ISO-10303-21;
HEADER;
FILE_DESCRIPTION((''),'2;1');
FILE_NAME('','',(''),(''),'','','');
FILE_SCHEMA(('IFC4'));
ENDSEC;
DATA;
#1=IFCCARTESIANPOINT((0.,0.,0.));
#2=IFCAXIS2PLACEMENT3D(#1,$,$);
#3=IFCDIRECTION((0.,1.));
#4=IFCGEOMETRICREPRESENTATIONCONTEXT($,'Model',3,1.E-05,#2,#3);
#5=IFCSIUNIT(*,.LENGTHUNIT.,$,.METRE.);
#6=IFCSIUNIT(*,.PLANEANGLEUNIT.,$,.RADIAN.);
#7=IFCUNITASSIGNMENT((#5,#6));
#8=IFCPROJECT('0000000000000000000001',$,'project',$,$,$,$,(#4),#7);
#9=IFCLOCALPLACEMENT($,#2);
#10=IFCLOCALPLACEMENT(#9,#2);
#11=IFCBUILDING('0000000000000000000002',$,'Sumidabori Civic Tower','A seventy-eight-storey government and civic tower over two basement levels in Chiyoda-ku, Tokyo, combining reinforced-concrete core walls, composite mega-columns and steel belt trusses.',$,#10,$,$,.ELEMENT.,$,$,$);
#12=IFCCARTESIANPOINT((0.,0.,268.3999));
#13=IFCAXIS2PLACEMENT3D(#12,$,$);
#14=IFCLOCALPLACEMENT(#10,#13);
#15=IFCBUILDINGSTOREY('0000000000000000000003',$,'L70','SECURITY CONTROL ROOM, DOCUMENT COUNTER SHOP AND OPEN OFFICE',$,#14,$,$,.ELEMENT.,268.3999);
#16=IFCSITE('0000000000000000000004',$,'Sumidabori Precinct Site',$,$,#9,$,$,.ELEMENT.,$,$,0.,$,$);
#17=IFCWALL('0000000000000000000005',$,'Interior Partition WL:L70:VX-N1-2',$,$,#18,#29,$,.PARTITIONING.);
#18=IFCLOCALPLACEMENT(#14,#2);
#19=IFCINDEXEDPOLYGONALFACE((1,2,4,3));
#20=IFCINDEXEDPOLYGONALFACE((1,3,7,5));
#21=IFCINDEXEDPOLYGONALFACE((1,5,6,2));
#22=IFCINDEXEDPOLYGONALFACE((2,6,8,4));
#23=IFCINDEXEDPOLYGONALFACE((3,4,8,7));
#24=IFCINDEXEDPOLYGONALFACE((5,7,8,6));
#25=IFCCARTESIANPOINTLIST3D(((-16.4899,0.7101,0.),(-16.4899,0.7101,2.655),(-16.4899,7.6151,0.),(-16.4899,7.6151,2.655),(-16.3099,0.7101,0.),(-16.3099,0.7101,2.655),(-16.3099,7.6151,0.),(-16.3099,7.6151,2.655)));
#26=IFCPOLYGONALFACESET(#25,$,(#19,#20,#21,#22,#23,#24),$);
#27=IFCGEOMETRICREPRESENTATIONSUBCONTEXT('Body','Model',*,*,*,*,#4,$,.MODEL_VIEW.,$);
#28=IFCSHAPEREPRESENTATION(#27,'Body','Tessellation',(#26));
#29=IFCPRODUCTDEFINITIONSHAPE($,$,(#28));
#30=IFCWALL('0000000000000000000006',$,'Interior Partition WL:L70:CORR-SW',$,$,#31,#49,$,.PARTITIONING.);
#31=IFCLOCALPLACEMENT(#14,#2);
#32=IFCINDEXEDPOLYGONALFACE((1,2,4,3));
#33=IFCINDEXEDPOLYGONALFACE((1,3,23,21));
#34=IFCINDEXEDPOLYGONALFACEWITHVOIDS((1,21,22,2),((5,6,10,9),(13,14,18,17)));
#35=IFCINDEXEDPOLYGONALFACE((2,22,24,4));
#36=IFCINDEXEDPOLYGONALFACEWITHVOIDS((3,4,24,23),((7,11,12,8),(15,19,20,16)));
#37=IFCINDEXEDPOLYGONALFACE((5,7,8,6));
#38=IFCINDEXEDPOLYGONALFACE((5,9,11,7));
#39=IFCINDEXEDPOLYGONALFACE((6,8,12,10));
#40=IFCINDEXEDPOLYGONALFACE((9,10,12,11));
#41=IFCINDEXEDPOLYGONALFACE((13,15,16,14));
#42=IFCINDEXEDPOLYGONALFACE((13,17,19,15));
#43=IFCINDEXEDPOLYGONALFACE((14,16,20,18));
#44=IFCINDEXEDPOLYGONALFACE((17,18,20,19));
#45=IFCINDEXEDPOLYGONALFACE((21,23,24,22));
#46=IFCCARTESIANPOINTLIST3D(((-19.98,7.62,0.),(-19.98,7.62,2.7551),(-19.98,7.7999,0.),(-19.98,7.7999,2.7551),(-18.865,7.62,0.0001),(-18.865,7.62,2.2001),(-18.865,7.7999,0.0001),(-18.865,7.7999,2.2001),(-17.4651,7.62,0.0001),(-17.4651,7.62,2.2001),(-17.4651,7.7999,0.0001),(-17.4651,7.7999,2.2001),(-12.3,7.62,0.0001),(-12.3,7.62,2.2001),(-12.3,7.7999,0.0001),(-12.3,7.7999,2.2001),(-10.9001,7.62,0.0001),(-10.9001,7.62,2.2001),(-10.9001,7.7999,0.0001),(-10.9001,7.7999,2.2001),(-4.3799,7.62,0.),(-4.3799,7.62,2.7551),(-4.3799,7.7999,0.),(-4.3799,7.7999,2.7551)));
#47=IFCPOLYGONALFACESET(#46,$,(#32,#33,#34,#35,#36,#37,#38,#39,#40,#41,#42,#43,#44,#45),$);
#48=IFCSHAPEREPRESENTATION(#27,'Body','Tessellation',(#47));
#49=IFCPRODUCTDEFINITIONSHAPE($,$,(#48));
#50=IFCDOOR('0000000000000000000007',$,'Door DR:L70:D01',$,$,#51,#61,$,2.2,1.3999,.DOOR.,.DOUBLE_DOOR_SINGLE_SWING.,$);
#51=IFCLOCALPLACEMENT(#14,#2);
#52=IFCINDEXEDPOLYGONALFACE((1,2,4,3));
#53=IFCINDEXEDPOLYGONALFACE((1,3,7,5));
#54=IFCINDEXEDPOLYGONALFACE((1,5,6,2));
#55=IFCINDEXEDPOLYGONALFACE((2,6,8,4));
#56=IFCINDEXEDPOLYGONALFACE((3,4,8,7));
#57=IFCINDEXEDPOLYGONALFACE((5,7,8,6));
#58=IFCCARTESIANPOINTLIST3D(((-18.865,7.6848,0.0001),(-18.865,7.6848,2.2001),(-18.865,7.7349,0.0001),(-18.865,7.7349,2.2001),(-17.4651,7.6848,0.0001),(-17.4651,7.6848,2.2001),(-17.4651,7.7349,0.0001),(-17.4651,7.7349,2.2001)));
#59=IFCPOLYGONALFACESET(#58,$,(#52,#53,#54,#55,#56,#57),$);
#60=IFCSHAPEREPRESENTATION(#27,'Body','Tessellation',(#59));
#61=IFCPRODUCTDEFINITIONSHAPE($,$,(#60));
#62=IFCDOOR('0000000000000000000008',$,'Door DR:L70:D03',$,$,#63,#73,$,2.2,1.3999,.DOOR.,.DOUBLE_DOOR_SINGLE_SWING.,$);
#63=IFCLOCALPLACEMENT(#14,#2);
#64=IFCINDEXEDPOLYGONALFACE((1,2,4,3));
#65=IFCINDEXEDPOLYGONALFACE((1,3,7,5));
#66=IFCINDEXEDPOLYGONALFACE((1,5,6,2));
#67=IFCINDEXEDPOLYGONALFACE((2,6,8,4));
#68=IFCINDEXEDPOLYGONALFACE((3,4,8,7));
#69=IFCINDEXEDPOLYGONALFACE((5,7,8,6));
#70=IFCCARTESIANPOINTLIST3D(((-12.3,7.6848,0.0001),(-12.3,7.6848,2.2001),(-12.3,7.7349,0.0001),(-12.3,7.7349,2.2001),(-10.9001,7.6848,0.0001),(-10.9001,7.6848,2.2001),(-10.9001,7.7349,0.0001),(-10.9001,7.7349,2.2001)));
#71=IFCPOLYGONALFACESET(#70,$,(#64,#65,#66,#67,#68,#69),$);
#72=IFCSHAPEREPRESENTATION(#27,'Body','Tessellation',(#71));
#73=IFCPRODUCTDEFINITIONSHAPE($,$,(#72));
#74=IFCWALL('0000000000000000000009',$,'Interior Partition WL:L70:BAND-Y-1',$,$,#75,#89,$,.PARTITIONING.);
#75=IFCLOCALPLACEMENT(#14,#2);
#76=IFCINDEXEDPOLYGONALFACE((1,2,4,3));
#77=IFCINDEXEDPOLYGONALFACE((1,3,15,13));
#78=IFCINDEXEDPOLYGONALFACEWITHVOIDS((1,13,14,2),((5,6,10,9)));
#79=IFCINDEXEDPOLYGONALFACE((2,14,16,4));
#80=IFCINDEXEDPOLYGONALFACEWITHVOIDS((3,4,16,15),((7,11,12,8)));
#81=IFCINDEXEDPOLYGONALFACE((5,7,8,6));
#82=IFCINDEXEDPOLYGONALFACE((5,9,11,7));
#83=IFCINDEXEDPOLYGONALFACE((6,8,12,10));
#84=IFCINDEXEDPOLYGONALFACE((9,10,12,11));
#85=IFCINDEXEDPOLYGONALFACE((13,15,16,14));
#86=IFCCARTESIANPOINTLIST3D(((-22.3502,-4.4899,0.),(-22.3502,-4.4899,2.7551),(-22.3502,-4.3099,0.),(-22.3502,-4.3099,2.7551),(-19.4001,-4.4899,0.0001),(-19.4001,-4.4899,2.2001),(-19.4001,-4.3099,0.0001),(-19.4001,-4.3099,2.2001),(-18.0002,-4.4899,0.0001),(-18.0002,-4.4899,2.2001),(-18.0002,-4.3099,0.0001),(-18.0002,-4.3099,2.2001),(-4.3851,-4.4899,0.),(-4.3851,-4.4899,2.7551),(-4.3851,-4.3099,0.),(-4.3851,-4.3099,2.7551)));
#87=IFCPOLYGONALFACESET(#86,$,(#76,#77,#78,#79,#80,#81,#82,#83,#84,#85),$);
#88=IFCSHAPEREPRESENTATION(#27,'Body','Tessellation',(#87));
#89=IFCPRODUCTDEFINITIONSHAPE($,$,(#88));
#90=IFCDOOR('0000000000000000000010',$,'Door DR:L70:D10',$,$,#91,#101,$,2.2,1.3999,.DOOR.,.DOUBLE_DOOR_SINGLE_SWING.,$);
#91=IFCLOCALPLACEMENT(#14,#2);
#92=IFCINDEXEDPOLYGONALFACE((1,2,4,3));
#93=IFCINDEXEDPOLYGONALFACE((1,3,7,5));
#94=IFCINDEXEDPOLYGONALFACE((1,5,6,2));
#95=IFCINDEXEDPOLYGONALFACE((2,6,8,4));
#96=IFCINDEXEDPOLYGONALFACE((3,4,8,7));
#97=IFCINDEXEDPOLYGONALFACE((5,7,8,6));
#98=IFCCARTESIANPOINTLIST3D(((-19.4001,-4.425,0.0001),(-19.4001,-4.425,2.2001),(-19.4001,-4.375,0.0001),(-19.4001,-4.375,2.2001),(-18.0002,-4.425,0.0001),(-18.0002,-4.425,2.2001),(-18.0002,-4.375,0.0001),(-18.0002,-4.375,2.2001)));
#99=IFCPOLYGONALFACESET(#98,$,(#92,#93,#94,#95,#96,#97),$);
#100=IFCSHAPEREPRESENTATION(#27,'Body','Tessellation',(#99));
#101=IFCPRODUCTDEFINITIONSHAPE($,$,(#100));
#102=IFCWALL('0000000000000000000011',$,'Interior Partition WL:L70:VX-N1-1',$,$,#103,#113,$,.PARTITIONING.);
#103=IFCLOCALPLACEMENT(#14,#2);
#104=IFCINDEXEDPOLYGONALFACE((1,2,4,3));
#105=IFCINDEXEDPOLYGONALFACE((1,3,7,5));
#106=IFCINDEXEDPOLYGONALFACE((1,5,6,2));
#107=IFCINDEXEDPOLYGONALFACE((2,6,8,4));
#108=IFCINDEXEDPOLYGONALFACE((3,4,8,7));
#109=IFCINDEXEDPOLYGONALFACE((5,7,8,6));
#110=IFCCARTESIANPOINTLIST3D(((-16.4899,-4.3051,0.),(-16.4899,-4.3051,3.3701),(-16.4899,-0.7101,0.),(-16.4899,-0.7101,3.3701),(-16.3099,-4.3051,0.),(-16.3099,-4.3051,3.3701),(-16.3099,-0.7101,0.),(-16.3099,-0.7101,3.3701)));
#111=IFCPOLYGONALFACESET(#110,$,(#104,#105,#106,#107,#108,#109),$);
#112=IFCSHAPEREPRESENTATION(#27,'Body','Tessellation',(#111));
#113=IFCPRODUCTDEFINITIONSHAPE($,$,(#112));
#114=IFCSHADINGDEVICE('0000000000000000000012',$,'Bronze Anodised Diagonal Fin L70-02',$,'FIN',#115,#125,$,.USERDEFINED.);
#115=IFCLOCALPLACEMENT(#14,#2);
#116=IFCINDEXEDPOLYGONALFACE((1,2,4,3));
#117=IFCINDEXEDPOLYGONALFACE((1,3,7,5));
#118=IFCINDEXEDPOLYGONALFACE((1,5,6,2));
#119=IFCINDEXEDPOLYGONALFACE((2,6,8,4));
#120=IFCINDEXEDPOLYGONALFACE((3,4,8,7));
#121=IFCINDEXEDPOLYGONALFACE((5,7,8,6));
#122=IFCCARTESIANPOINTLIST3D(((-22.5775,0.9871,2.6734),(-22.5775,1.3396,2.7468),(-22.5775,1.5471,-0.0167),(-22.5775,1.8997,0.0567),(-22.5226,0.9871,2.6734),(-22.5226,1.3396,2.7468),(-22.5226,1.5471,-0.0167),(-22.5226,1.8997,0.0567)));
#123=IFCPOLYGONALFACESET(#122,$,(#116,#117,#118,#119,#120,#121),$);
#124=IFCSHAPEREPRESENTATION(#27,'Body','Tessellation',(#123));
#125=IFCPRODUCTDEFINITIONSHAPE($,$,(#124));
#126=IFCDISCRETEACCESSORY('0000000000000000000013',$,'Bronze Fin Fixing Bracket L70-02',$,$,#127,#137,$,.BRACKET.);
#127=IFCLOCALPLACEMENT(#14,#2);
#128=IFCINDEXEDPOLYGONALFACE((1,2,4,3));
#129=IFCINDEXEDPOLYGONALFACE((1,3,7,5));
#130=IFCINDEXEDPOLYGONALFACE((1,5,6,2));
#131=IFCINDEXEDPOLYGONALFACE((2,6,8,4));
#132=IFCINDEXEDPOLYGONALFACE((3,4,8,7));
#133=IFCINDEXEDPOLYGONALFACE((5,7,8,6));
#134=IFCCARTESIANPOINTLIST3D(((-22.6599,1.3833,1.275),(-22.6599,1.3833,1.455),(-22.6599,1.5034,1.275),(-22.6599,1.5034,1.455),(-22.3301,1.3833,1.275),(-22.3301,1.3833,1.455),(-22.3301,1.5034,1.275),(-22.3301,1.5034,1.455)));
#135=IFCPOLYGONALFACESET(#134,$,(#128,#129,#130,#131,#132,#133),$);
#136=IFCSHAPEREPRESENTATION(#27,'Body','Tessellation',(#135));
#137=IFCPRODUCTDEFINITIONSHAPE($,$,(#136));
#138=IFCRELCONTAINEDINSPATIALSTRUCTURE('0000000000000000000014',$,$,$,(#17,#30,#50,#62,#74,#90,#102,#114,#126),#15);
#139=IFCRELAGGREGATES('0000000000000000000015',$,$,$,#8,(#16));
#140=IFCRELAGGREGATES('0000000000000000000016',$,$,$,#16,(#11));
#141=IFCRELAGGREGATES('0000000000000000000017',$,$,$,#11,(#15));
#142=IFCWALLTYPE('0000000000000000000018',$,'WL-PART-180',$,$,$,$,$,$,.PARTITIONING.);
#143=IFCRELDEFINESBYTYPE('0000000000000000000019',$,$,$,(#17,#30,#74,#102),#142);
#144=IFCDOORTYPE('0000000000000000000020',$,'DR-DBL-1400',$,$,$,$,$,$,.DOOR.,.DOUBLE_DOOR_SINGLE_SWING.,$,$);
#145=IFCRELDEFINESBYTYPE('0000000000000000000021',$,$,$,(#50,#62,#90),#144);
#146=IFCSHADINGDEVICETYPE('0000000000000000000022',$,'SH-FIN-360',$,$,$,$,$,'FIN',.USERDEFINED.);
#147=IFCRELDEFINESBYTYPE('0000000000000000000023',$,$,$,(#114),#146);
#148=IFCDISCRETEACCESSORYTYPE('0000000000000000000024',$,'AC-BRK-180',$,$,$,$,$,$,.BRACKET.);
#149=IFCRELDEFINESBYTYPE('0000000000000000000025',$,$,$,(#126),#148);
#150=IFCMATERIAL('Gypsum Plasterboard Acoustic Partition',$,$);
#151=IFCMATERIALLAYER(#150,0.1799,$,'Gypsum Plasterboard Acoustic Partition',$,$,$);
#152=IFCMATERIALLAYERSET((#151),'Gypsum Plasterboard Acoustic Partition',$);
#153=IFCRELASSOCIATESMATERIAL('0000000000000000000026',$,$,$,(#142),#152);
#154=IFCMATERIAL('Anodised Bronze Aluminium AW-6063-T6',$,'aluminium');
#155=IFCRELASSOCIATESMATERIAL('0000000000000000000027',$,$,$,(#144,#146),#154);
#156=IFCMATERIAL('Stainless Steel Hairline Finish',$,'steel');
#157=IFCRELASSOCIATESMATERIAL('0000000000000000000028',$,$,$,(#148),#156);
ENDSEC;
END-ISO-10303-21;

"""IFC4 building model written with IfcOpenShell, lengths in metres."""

from ifc_helpers import new_model, si_unit, direction, frame, frame_2d, origin, origin_2d, place, context, subcontext, project, spatial, rectangle, extrude, source, transform, mapped, material, layer, layer_set, material_profile, profile_set, type_object, element, fill, save


model = new_model("IFC4")

# Units and contexts
model_context = context("Model", 3, precision=1e-05, world=origin(), true_north=direction((0.0, 1.0)))
body_context = subcontext(model_context, "Body", "Model", "MODEL_VIEW")
ifc_project = project(units=[si_unit("LENGTHUNIT", "METRE"), si_unit("PLANEANGLEUNIT", "RADIAN")], contexts=[model_context])

# Site, building, storey
site_placement = place(None, origin())
site = spatial("IfcSite", under=ifc_project, at=site_placement, Name="Sumidabori Precinct Site", CompositionType="ELEMENT", RefElevation=0.0)
building_placement = place(site_placement, origin())
building = spatial("IfcBuilding", under=site, at=building_placement, Name="Sumidabori Civic Tower", Description="A seventy-eight-storey government and civic tower over two basement levels in Chiyoda-ku, Tokyo, combining reinforced-concrete core walls, composite mega-columns and steel belt trusses.", CompositionType="ELEMENT")
storey_placement = place(building_placement, frame((0.0, 0.0, 268.3999)))
storey = spatial("IfcBuildingStorey", under=building, at=storey_placement, Name="L70", Description="SECURITY CONTROL ROOM, DOCUMENT COUNTER SHOP AND OPEN OFFICE", CompositionType="ELEMENT", Elevation=268.3999)

# Shared definitions
ifc_material_1 = material(Name="Anodised Bronze Aluminium AW-6063-T6", Category="aluminium")

# Wall
ifc_material_2 = material(Name="Gypsum Plasterboard Acoustic Partition")
ifc_layer_1 = layer(ifc_material_2, 0.1799, Name="Gypsum Plasterboard Acoustic Partition")
ifc_layer_set_1 = layer_set([ifc_layer_1], Name="Gypsum Plasterboard Acoustic Partition")
wall_type_1 = type_object("IfcWallType", Name="WL-PART-180", PredefinedType="PARTITIONING", material=ifc_layer_set_1)
shared_shape_1 = source(origin(), body_context, "Body", "SweptSolid", [
    extrude(rectangle(XDim=6.905, YDim=0.1799, at=frame_2d((3.4526, 0.0))), origin(), (0.0, 0.0, 1.0), 2.655),
])
wall_1_placement = place(storey_placement, frame((-16.3999, 0.71, 0.0), z_axis=(0.0, 0.0, 1.0), x_axis=(0.0, 1.0, 0.0)))
element("IfcWall", 1, at=wall_1_placement, inside=storey, type_object=wall_type_1, Name="Interior Partition WL:L70:VX-N1-2", PredefinedType="PARTITIONING", context=body_context, shape_type="MappedRepresentation", body=[
    mapped(shared_shape_1, transform((0.0, 0.0, 0.0), x_axis=(1.0, 0.0, 0.0), y_axis=(0.0, 1.0, 0.0), z_axis=(0.0, 0.0, 1.0), scale=1.0)),
])

# Wall, openings, doors
shared_shape_2 = source(origin(), body_context, "Body", "SweptSolid", [
    extrude(rectangle(XDim=15.6001, YDim=0.1799, at=frame_2d((7.8, 0.0))), origin(), (0.0, 0.0, 1.0), 2.7551),
])
wall_2_placement = place(storey_placement, frame((-19.98, 7.71, 0.0), z_axis=(0.0, 0.0, 1.0), x_axis=(1.0, 0.0, 0.0)))
wall_2 = element("IfcWall", 2, at=wall_2_placement, inside=storey, type_object=wall_type_1, Name="Interior Partition WL:L70:CORR-SW", PredefinedType="PARTITIONING", context=body_context, shape_type="MappedRepresentation", body=[
    mapped(shared_shape_2, transform((0.0, 0.0, 0.0), x_axis=(1.0, 0.0, 0.0), y_axis=(0.0, 1.0, 0.0), z_axis=(0.0, 0.0, 1.0), scale=1.0)),
])
opening_1_placement = place(wall_2_placement, frame((1.115, 0.0, 0.0)))
opening_1 = element("IfcOpeningElement", 3, at=opening_1_placement, cuts=wall_2, PredefinedType="OPENING", context=body_context, shape_type="SweptSolid", body=[
    extrude(rectangle(XDim=1.3999, YDim=2.2, at=frame_2d((0.7, 1.1001))), frame((0.0, 0.1021, 0.0), z_axis=(0.0, -1.0, 0.0), x_axis=(1.0, 0.0, 0.0)), (0.0, 0.0, 1.0), 0.2039),
])
opening_2_placement = place(wall_2_placement, frame((7.6799, 0.0, 0.0)))
opening_2 = element("IfcOpeningElement", 4, at=opening_2_placement, cuts=wall_2, PredefinedType="OPENING", context=body_context, shape_type="SweptSolid", body=[
    extrude(rectangle(XDim=1.3999, YDim=2.2, at=frame_2d((0.7, 1.1001))), frame((0.0, 0.1021, 0.0), z_axis=(0.0, -1.0, 0.0), x_axis=(1.0, 0.0, 0.0)), (0.0, 0.0, 1.0), 0.2039),
])
door_type = type_object("IfcDoorType", Name="DR-DBL-1400", OperationType="DOUBLE_DOOR_SINGLE_SWING", PredefinedType="DOOR", material=ifc_material_1)
shared_shape_3 = source(origin(), body_context, "Body", "SweptSolid", [
    extrude(rectangle(XDim=1.3999, YDim=2.2, at=frame_2d((0.7, 1.1001))), frame((0.0, 0.0249, 0.0), z_axis=(0.0, -1.0, 0.0), x_axis=(1.0, 0.0, 0.0)), (0.0, 0.0, 1.0), 0.05),
])
door_1_placement = place(opening_1_placement, origin())
door_1 = element("IfcDoor", 5, at=door_1_placement, inside=storey, type_object=door_type, Name="Door DR:L70:D01", OperationType="DOUBLE_DOOR_SINGLE_SWING", OverallHeight=2.2, OverallWidth=1.3999, PredefinedType="DOOR", context=body_context, shape_type="MappedRepresentation", body=[
    mapped(shared_shape_3, transform((0.0, 0.0, 0.0), x_axis=(1.0, 0.0, 0.0), y_axis=(0.0, 1.0, 0.0), z_axis=(0.0, 0.0, 1.0), scale=1.0)),
])
fill(opening_1, door_1)
door_2_placement = place(opening_2_placement, origin())
door_2 = element("IfcDoor", 6, at=door_2_placement, inside=storey, type_object=door_type, Name="Door DR:L70:D03", OperationType="DOUBLE_DOOR_SINGLE_SWING", OverallHeight=2.2, OverallWidth=1.3999, PredefinedType="DOOR", context=body_context, shape_type="MappedRepresentation", body=[
    mapped(shared_shape_3, transform((0.0, 0.0, 0.0), x_axis=(1.0, 0.0, 0.0), y_axis=(0.0, 1.0, 0.0), z_axis=(0.0, 0.0, 1.0), scale=1.0)),
])
fill(opening_2, door_2)

# Wall, opening, door
shared_shape_4 = source(origin(), body_context, "Body", "SweptSolid", [
    extrude(rectangle(XDim=17.9651, YDim=0.1799, at=frame_2d((8.9824, 0.0))), origin(), (0.0, 0.0, 1.0), 2.7551),
])
wall_3_placement = place(storey_placement, frame((-22.3501, -4.3999, 0.0), z_axis=(0.0, 0.0, 1.0), x_axis=(1.0, 0.0, 0.0)))
wall_3 = element("IfcWall", 7, at=wall_3_placement, inside=storey, type_object=wall_type_1, Name="Interior Partition WL:L70:BAND-Y-1", PredefinedType="PARTITIONING", context=body_context, shape_type="MappedRepresentation", body=[
    mapped(shared_shape_4, transform((0.0, 0.0, 0.0), x_axis=(1.0, 0.0, 0.0), y_axis=(0.0, 1.0, 0.0), z_axis=(0.0, 0.0, 1.0), scale=1.0)),
])
opening_3_placement = place(wall_3_placement, frame((2.95, 0.0, 0.0)))
opening_3 = element("IfcOpeningElement", 8, at=opening_3_placement, cuts=wall_3, PredefinedType="OPENING", context=body_context, shape_type="SweptSolid", body=[
    extrude(rectangle(XDim=1.3999, YDim=2.2, at=frame_2d((0.7, 1.1001))), frame((0.0, 0.1021, 0.0), z_axis=(0.0, -1.0, 0.0), x_axis=(1.0, 0.0, 0.0)), (0.0, 0.0, 1.0), 0.2039),
])
door_3_placement = place(opening_3_placement, origin())
door_3 = element("IfcDoor", 9, at=door_3_placement, inside=storey, type_object=door_type, Name="Door DR:L70:D10", OperationType="DOUBLE_DOOR_SINGLE_SWING", OverallHeight=2.2, OverallWidth=1.3999, PredefinedType="DOOR", context=body_context, shape_type="MappedRepresentation", body=[
    mapped(shared_shape_3, transform((0.0, 0.0, 0.0), x_axis=(1.0, 0.0, 0.0), y_axis=(0.0, 1.0, 0.0), z_axis=(0.0, 0.0, 1.0), scale=1.0)),
])
fill(opening_3, door_3)

# Wall
shared_shape_5 = source(origin(), body_context, "Body", "SweptSolid", [
    extrude(rectangle(XDim=3.595, YDim=0.1799, at=frame_2d((1.7974, 0.0))), origin(), (0.0, 0.0, 1.0), 3.3701),
])
wall_4_placement = place(storey_placement, frame((-16.3999, -4.3049, 0.0), z_axis=(0.0, 0.0, 1.0), x_axis=(0.0, 1.0, 0.0)))
element("IfcWall", 10, at=wall_4_placement, inside=storey, type_object=wall_type_1, Name="Interior Partition WL:L70:VX-N1-1", PredefinedType="PARTITIONING", context=body_context, shape_type="MappedRepresentation", body=[
    mapped(shared_shape_5, transform((0.0, 0.0, 0.0), x_axis=(1.0, 0.0, 0.0), y_axis=(0.0, 1.0, 0.0), z_axis=(0.0, 0.0, 1.0), scale=1.0)),
])

# Shading device
ifc_material_profile_1 = material_profile(ifc_material_1, rectangle(XDim=0.0549, YDim=0.3601, at=origin_2d()), Name="BRONZE FIN 360x55")
ifc_profile_set_1 = profile_set([ifc_material_profile_1], Name="Anodised Bronze Aluminium AW-6063-T6")
shading_device_type = type_object("IfcShadingDeviceType", Name="SH-FIN-360", ElementType="FIN", PredefinedType="USERDEFINED", material=ifc_profile_set_1)
shared_shape_6 = source(origin(), body_context, "Body", "SweptSolid", [
    extrude(rectangle(XDim=0.0549, YDim=0.3601, at=origin_2d()), origin(), (0.0, 0.0, 1.0), 2.7478),
])
shading_device_placement = place(storey_placement, frame((-22.55, 1.7234, 0.02), z_axis=(0.0, -0.203816, 0.979009), x_axis=(-1.0, 0.0, 0.0)))
element("IfcShadingDevice", 11, at=shading_device_placement, inside=storey, type_object=shading_device_type, Name="Bronze Anodised Diagonal Fin L70-02", ObjectType="FIN", PredefinedType="USERDEFINED", context=body_context, shape_type="MappedRepresentation", body=[
    mapped(shared_shape_6, transform((0.0, 0.0, 0.0), x_axis=(1.0, 0.0, 0.0), y_axis=(0.0, 1.0, 0.0), z_axis=(0.0, 0.0, 1.0), scale=1.0)),
])

# Discrete accessory
ifc_material_3 = material(Name="Stainless Steel Hairline Finish", Category="steel")
ifc_material_profile_2 = material_profile(ifc_material_3, rectangle(XDim=0.1201, YDim=0.1799, at=origin_2d()), Name="STEEL BRACKET 180x120")
ifc_profile_set_2 = profile_set([ifc_material_profile_2], Name="Stainless Steel Hairline Finish")
discrete_accessory_type = type_object("IfcDiscreteAccessoryType", Name="AC-BRK-180", PredefinedType="BRACKET", material=ifc_profile_set_2)
shared_shape_7 = source(origin(), body_context, "Body", "SweptSolid", [
    extrude(rectangle(XDim=0.1201, YDim=0.1799, at=origin_2d()), origin(), (0.0, 0.0, 1.0), 0.3298),
])
discrete_accessory_placement = place(storey_placement, frame((-22.3301, 1.4434, 1.365), z_axis=(-1.0, 0.0, 0.0), x_axis=(0.0, -1.0, 0.0)))
element("IfcDiscreteAccessory", 12, at=discrete_accessory_placement, inside=storey, type_object=discrete_accessory_type, Name="Bronze Fin Fixing Bracket L70-02", PredefinedType="BRACKET", context=body_context, shape_type="MappedRepresentation", body=[
    mapped(shared_shape_7, transform((0.0, 0.0, 0.0), x_axis=(1.0, 0.0, 0.0), y_axis=(0.0, 1.0, 0.0), z_axis=(0.0, 0.0, 1.0), scale=1.0)),
])

save(model, "model.ifc")
